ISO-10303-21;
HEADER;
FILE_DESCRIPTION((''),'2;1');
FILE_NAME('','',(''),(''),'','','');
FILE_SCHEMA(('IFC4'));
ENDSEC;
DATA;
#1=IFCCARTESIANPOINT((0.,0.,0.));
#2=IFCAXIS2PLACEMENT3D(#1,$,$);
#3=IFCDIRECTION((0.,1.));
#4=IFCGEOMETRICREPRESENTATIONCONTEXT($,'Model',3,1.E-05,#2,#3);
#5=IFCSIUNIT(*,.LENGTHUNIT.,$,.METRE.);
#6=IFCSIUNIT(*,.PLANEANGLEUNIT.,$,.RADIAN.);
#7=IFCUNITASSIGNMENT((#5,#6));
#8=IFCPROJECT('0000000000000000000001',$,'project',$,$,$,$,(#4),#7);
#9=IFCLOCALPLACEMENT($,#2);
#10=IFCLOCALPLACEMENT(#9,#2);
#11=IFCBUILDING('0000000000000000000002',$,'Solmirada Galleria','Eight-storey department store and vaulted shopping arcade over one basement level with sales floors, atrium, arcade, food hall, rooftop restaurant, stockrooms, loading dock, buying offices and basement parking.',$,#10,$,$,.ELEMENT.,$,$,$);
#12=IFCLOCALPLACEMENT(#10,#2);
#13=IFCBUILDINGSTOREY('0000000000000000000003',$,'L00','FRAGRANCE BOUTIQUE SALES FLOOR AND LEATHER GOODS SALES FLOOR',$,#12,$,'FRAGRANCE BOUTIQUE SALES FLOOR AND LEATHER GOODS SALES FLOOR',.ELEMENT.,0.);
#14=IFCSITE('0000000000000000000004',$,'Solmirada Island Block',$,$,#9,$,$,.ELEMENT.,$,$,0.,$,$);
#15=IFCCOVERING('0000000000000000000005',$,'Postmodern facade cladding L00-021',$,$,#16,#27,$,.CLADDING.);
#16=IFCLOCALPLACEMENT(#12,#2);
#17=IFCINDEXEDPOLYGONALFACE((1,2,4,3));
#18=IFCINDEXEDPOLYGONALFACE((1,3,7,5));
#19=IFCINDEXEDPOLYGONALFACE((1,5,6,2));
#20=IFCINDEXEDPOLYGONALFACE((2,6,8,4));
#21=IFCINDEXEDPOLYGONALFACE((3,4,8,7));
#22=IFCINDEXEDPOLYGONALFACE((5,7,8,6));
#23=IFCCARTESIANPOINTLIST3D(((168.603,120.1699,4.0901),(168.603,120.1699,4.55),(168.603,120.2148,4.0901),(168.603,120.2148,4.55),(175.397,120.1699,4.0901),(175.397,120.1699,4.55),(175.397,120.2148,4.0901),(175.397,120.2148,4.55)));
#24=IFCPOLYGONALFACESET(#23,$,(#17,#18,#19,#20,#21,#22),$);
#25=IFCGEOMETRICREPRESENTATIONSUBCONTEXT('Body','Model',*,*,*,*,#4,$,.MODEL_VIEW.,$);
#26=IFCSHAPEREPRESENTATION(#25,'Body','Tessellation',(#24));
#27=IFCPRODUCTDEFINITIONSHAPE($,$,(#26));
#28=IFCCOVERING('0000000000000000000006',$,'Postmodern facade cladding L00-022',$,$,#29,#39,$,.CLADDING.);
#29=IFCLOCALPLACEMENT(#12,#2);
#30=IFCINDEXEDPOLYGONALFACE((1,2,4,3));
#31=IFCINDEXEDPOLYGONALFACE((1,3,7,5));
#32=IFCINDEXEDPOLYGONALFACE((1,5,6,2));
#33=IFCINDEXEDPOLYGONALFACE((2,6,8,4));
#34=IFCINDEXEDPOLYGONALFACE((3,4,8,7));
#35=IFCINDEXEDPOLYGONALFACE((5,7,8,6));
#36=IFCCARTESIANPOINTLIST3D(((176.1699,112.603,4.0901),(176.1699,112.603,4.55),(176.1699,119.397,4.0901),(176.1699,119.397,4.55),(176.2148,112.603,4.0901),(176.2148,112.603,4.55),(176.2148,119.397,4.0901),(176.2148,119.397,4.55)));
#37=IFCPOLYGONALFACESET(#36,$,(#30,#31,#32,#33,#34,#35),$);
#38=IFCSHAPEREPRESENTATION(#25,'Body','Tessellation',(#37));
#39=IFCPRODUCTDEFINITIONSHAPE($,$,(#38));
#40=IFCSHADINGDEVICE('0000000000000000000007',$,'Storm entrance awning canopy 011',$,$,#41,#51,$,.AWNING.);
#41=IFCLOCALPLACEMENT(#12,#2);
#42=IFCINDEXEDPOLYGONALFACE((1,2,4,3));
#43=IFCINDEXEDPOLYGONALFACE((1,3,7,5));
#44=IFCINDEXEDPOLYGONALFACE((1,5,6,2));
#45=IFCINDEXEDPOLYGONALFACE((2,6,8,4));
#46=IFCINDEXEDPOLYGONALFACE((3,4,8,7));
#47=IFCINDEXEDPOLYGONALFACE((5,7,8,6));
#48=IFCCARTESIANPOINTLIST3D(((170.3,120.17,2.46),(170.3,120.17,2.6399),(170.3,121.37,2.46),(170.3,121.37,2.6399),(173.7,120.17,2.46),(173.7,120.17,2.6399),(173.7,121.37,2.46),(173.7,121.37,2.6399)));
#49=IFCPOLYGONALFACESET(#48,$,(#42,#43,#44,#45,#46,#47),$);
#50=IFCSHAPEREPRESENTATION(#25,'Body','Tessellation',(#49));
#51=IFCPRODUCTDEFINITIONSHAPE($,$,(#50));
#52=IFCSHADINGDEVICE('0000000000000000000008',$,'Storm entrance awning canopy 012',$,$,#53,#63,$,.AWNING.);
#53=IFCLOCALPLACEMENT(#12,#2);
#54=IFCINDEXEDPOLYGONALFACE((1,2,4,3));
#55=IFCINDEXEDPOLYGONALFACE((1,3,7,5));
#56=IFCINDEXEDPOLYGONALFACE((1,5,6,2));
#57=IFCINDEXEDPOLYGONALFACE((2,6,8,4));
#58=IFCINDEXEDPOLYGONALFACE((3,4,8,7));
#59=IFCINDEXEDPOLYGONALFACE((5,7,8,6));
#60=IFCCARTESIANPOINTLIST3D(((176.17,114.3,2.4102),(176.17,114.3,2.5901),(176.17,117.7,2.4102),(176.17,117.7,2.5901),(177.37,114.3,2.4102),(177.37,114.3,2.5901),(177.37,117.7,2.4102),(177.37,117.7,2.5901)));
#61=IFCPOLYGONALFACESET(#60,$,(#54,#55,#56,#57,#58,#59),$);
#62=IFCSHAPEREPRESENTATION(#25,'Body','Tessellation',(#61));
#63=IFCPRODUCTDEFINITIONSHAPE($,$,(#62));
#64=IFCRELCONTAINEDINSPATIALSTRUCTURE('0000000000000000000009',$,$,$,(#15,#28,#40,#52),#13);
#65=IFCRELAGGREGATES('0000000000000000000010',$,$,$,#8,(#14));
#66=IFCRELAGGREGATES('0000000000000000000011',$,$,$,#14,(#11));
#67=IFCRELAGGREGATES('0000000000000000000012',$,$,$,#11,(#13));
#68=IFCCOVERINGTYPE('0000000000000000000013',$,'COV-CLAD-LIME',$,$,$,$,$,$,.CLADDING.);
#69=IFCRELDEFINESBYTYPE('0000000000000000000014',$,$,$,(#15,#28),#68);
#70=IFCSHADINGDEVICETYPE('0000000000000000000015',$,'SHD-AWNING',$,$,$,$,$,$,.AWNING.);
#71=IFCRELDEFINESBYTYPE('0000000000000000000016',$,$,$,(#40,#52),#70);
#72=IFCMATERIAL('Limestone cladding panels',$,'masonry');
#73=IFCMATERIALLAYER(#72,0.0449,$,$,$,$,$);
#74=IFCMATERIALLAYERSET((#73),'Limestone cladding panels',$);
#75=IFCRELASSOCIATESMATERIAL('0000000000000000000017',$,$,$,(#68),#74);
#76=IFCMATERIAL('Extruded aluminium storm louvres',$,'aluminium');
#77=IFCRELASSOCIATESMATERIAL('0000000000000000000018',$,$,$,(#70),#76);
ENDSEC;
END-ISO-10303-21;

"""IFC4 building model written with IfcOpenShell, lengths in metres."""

from ifc_helpers import new_model, si_unit, direction, frame, origin, origin_2d, place, context, subcontext, project, spatial, rectangle, extrude, material, layer, layer_set, type_object, element, save


model = new_model("IFC4")

# Units and contexts
model_context = context("Model", 3, precision=1e-05, world=origin(), true_north=direction((0.0, 1.0)))
body_context = subcontext(model_context, "Body", "Model", "MODEL_VIEW")
ifc_project = project(units=[si_unit("LENGTHUNIT", "METRE"), si_unit("PLANEANGLEUNIT", "RADIAN")], contexts=[model_context])

# Site, building, storey
site_placement = place(None, origin())
site = spatial("IfcSite", under=ifc_project, at=site_placement, Name="Solmirada Island Block", CompositionType="ELEMENT", RefElevation=0.0)
building_placement = place(site_placement, origin())
building = spatial("IfcBuilding", under=site, at=building_placement, Name="Solmirada Galleria", Description="Eight-storey department store and vaulted shopping arcade over one basement level with sales floors, atrium, arcade, food hall, rooftop restaurant, stockrooms, loading dock, buying offices and basement parking.", CompositionType="ELEMENT")
storey_placement = place(building_placement, origin())
storey = spatial("IfcBuildingStorey", under=building, at=storey_placement, Name="L00", Description="FRAGRANCE BOUTIQUE SALES FLOOR AND LEATHER GOODS SALES FLOOR", LongName="FRAGRANCE BOUTIQUE SALES FLOOR AND LEATHER GOODS SALES FLOOR", CompositionType="ELEMENT", Elevation=0.0)

# Coverings
ifc_material_1 = material(Name="Limestone cladding panels", Category="masonry")
ifc_layer_1 = layer(ifc_material_1, 0.0449)
ifc_layer_set_1 = layer_set([ifc_layer_1], Name="Limestone cladding panels")
covering_type = type_object("IfcCoveringType", Name="COV-CLAD-LIME", PredefinedType="CLADDING", material=ifc_layer_set_1)
for number, where, z_axis, x_axis, name in (
    (1, (172.0, 120.1924, 4.0901), (0.0, 0.0, 1.0), (1.0, 0.0, 0.0), "Postmodern facade cladding L00-021"),
    (2, (176.1924, 116.0, 4.0901), (0.0, 0.0, 1.0), (0.0, -1.0, 0.0), "Postmodern facade cladding L00-022"),
):
    element("IfcCovering", number, at=place(storey_placement, frame(where, z_axis=z_axis, x_axis=x_axis)), inside=storey, type_object=covering_type, Name=name, PredefinedType="CLADDING", context=body_context, shape_type="SweptSolid", body=[
        extrude(rectangle(XDim=6.7939, YDim=0.0449, at=origin_2d()), origin(), (0.0, 0.0, 1.0), 0.46),
    ])

# Shading devices
ifc_material_2 = material(Name="Extruded aluminium storm louvres", Category="aluminium")
shading_device_type = type_object("IfcShadingDeviceType", Name="SHD-AWNING", PredefinedType="AWNING", material=ifc_material_2)
for number, where, z_axis, x_axis, name in (
    (3, (172.0, 120.77, 2.46), (0.0, 0.0, 1.0), (1.0, 0.0, 0.0), "Storm entrance awning canopy 011"),
    (4, (176.77, 116.0, 2.4102), (0.0, 0.0, 1.0), (0.0, -1.0, 0.0), "Storm entrance awning canopy 012"),
):
    element("IfcShadingDevice", number, at=place(storey_placement, frame(where, z_axis=z_axis, x_axis=x_axis)), inside=storey, type_object=shading_device_type, Name=name, PredefinedType="AWNING", context=body_context, shape_type="SweptSolid", body=[
        extrude(rectangle(XDim=3.3999, YDim=1.2, at=origin_2d()), origin(), (0.0, 0.0, 1.0), 0.1799),
    ])

save(model, "model.ifc")
